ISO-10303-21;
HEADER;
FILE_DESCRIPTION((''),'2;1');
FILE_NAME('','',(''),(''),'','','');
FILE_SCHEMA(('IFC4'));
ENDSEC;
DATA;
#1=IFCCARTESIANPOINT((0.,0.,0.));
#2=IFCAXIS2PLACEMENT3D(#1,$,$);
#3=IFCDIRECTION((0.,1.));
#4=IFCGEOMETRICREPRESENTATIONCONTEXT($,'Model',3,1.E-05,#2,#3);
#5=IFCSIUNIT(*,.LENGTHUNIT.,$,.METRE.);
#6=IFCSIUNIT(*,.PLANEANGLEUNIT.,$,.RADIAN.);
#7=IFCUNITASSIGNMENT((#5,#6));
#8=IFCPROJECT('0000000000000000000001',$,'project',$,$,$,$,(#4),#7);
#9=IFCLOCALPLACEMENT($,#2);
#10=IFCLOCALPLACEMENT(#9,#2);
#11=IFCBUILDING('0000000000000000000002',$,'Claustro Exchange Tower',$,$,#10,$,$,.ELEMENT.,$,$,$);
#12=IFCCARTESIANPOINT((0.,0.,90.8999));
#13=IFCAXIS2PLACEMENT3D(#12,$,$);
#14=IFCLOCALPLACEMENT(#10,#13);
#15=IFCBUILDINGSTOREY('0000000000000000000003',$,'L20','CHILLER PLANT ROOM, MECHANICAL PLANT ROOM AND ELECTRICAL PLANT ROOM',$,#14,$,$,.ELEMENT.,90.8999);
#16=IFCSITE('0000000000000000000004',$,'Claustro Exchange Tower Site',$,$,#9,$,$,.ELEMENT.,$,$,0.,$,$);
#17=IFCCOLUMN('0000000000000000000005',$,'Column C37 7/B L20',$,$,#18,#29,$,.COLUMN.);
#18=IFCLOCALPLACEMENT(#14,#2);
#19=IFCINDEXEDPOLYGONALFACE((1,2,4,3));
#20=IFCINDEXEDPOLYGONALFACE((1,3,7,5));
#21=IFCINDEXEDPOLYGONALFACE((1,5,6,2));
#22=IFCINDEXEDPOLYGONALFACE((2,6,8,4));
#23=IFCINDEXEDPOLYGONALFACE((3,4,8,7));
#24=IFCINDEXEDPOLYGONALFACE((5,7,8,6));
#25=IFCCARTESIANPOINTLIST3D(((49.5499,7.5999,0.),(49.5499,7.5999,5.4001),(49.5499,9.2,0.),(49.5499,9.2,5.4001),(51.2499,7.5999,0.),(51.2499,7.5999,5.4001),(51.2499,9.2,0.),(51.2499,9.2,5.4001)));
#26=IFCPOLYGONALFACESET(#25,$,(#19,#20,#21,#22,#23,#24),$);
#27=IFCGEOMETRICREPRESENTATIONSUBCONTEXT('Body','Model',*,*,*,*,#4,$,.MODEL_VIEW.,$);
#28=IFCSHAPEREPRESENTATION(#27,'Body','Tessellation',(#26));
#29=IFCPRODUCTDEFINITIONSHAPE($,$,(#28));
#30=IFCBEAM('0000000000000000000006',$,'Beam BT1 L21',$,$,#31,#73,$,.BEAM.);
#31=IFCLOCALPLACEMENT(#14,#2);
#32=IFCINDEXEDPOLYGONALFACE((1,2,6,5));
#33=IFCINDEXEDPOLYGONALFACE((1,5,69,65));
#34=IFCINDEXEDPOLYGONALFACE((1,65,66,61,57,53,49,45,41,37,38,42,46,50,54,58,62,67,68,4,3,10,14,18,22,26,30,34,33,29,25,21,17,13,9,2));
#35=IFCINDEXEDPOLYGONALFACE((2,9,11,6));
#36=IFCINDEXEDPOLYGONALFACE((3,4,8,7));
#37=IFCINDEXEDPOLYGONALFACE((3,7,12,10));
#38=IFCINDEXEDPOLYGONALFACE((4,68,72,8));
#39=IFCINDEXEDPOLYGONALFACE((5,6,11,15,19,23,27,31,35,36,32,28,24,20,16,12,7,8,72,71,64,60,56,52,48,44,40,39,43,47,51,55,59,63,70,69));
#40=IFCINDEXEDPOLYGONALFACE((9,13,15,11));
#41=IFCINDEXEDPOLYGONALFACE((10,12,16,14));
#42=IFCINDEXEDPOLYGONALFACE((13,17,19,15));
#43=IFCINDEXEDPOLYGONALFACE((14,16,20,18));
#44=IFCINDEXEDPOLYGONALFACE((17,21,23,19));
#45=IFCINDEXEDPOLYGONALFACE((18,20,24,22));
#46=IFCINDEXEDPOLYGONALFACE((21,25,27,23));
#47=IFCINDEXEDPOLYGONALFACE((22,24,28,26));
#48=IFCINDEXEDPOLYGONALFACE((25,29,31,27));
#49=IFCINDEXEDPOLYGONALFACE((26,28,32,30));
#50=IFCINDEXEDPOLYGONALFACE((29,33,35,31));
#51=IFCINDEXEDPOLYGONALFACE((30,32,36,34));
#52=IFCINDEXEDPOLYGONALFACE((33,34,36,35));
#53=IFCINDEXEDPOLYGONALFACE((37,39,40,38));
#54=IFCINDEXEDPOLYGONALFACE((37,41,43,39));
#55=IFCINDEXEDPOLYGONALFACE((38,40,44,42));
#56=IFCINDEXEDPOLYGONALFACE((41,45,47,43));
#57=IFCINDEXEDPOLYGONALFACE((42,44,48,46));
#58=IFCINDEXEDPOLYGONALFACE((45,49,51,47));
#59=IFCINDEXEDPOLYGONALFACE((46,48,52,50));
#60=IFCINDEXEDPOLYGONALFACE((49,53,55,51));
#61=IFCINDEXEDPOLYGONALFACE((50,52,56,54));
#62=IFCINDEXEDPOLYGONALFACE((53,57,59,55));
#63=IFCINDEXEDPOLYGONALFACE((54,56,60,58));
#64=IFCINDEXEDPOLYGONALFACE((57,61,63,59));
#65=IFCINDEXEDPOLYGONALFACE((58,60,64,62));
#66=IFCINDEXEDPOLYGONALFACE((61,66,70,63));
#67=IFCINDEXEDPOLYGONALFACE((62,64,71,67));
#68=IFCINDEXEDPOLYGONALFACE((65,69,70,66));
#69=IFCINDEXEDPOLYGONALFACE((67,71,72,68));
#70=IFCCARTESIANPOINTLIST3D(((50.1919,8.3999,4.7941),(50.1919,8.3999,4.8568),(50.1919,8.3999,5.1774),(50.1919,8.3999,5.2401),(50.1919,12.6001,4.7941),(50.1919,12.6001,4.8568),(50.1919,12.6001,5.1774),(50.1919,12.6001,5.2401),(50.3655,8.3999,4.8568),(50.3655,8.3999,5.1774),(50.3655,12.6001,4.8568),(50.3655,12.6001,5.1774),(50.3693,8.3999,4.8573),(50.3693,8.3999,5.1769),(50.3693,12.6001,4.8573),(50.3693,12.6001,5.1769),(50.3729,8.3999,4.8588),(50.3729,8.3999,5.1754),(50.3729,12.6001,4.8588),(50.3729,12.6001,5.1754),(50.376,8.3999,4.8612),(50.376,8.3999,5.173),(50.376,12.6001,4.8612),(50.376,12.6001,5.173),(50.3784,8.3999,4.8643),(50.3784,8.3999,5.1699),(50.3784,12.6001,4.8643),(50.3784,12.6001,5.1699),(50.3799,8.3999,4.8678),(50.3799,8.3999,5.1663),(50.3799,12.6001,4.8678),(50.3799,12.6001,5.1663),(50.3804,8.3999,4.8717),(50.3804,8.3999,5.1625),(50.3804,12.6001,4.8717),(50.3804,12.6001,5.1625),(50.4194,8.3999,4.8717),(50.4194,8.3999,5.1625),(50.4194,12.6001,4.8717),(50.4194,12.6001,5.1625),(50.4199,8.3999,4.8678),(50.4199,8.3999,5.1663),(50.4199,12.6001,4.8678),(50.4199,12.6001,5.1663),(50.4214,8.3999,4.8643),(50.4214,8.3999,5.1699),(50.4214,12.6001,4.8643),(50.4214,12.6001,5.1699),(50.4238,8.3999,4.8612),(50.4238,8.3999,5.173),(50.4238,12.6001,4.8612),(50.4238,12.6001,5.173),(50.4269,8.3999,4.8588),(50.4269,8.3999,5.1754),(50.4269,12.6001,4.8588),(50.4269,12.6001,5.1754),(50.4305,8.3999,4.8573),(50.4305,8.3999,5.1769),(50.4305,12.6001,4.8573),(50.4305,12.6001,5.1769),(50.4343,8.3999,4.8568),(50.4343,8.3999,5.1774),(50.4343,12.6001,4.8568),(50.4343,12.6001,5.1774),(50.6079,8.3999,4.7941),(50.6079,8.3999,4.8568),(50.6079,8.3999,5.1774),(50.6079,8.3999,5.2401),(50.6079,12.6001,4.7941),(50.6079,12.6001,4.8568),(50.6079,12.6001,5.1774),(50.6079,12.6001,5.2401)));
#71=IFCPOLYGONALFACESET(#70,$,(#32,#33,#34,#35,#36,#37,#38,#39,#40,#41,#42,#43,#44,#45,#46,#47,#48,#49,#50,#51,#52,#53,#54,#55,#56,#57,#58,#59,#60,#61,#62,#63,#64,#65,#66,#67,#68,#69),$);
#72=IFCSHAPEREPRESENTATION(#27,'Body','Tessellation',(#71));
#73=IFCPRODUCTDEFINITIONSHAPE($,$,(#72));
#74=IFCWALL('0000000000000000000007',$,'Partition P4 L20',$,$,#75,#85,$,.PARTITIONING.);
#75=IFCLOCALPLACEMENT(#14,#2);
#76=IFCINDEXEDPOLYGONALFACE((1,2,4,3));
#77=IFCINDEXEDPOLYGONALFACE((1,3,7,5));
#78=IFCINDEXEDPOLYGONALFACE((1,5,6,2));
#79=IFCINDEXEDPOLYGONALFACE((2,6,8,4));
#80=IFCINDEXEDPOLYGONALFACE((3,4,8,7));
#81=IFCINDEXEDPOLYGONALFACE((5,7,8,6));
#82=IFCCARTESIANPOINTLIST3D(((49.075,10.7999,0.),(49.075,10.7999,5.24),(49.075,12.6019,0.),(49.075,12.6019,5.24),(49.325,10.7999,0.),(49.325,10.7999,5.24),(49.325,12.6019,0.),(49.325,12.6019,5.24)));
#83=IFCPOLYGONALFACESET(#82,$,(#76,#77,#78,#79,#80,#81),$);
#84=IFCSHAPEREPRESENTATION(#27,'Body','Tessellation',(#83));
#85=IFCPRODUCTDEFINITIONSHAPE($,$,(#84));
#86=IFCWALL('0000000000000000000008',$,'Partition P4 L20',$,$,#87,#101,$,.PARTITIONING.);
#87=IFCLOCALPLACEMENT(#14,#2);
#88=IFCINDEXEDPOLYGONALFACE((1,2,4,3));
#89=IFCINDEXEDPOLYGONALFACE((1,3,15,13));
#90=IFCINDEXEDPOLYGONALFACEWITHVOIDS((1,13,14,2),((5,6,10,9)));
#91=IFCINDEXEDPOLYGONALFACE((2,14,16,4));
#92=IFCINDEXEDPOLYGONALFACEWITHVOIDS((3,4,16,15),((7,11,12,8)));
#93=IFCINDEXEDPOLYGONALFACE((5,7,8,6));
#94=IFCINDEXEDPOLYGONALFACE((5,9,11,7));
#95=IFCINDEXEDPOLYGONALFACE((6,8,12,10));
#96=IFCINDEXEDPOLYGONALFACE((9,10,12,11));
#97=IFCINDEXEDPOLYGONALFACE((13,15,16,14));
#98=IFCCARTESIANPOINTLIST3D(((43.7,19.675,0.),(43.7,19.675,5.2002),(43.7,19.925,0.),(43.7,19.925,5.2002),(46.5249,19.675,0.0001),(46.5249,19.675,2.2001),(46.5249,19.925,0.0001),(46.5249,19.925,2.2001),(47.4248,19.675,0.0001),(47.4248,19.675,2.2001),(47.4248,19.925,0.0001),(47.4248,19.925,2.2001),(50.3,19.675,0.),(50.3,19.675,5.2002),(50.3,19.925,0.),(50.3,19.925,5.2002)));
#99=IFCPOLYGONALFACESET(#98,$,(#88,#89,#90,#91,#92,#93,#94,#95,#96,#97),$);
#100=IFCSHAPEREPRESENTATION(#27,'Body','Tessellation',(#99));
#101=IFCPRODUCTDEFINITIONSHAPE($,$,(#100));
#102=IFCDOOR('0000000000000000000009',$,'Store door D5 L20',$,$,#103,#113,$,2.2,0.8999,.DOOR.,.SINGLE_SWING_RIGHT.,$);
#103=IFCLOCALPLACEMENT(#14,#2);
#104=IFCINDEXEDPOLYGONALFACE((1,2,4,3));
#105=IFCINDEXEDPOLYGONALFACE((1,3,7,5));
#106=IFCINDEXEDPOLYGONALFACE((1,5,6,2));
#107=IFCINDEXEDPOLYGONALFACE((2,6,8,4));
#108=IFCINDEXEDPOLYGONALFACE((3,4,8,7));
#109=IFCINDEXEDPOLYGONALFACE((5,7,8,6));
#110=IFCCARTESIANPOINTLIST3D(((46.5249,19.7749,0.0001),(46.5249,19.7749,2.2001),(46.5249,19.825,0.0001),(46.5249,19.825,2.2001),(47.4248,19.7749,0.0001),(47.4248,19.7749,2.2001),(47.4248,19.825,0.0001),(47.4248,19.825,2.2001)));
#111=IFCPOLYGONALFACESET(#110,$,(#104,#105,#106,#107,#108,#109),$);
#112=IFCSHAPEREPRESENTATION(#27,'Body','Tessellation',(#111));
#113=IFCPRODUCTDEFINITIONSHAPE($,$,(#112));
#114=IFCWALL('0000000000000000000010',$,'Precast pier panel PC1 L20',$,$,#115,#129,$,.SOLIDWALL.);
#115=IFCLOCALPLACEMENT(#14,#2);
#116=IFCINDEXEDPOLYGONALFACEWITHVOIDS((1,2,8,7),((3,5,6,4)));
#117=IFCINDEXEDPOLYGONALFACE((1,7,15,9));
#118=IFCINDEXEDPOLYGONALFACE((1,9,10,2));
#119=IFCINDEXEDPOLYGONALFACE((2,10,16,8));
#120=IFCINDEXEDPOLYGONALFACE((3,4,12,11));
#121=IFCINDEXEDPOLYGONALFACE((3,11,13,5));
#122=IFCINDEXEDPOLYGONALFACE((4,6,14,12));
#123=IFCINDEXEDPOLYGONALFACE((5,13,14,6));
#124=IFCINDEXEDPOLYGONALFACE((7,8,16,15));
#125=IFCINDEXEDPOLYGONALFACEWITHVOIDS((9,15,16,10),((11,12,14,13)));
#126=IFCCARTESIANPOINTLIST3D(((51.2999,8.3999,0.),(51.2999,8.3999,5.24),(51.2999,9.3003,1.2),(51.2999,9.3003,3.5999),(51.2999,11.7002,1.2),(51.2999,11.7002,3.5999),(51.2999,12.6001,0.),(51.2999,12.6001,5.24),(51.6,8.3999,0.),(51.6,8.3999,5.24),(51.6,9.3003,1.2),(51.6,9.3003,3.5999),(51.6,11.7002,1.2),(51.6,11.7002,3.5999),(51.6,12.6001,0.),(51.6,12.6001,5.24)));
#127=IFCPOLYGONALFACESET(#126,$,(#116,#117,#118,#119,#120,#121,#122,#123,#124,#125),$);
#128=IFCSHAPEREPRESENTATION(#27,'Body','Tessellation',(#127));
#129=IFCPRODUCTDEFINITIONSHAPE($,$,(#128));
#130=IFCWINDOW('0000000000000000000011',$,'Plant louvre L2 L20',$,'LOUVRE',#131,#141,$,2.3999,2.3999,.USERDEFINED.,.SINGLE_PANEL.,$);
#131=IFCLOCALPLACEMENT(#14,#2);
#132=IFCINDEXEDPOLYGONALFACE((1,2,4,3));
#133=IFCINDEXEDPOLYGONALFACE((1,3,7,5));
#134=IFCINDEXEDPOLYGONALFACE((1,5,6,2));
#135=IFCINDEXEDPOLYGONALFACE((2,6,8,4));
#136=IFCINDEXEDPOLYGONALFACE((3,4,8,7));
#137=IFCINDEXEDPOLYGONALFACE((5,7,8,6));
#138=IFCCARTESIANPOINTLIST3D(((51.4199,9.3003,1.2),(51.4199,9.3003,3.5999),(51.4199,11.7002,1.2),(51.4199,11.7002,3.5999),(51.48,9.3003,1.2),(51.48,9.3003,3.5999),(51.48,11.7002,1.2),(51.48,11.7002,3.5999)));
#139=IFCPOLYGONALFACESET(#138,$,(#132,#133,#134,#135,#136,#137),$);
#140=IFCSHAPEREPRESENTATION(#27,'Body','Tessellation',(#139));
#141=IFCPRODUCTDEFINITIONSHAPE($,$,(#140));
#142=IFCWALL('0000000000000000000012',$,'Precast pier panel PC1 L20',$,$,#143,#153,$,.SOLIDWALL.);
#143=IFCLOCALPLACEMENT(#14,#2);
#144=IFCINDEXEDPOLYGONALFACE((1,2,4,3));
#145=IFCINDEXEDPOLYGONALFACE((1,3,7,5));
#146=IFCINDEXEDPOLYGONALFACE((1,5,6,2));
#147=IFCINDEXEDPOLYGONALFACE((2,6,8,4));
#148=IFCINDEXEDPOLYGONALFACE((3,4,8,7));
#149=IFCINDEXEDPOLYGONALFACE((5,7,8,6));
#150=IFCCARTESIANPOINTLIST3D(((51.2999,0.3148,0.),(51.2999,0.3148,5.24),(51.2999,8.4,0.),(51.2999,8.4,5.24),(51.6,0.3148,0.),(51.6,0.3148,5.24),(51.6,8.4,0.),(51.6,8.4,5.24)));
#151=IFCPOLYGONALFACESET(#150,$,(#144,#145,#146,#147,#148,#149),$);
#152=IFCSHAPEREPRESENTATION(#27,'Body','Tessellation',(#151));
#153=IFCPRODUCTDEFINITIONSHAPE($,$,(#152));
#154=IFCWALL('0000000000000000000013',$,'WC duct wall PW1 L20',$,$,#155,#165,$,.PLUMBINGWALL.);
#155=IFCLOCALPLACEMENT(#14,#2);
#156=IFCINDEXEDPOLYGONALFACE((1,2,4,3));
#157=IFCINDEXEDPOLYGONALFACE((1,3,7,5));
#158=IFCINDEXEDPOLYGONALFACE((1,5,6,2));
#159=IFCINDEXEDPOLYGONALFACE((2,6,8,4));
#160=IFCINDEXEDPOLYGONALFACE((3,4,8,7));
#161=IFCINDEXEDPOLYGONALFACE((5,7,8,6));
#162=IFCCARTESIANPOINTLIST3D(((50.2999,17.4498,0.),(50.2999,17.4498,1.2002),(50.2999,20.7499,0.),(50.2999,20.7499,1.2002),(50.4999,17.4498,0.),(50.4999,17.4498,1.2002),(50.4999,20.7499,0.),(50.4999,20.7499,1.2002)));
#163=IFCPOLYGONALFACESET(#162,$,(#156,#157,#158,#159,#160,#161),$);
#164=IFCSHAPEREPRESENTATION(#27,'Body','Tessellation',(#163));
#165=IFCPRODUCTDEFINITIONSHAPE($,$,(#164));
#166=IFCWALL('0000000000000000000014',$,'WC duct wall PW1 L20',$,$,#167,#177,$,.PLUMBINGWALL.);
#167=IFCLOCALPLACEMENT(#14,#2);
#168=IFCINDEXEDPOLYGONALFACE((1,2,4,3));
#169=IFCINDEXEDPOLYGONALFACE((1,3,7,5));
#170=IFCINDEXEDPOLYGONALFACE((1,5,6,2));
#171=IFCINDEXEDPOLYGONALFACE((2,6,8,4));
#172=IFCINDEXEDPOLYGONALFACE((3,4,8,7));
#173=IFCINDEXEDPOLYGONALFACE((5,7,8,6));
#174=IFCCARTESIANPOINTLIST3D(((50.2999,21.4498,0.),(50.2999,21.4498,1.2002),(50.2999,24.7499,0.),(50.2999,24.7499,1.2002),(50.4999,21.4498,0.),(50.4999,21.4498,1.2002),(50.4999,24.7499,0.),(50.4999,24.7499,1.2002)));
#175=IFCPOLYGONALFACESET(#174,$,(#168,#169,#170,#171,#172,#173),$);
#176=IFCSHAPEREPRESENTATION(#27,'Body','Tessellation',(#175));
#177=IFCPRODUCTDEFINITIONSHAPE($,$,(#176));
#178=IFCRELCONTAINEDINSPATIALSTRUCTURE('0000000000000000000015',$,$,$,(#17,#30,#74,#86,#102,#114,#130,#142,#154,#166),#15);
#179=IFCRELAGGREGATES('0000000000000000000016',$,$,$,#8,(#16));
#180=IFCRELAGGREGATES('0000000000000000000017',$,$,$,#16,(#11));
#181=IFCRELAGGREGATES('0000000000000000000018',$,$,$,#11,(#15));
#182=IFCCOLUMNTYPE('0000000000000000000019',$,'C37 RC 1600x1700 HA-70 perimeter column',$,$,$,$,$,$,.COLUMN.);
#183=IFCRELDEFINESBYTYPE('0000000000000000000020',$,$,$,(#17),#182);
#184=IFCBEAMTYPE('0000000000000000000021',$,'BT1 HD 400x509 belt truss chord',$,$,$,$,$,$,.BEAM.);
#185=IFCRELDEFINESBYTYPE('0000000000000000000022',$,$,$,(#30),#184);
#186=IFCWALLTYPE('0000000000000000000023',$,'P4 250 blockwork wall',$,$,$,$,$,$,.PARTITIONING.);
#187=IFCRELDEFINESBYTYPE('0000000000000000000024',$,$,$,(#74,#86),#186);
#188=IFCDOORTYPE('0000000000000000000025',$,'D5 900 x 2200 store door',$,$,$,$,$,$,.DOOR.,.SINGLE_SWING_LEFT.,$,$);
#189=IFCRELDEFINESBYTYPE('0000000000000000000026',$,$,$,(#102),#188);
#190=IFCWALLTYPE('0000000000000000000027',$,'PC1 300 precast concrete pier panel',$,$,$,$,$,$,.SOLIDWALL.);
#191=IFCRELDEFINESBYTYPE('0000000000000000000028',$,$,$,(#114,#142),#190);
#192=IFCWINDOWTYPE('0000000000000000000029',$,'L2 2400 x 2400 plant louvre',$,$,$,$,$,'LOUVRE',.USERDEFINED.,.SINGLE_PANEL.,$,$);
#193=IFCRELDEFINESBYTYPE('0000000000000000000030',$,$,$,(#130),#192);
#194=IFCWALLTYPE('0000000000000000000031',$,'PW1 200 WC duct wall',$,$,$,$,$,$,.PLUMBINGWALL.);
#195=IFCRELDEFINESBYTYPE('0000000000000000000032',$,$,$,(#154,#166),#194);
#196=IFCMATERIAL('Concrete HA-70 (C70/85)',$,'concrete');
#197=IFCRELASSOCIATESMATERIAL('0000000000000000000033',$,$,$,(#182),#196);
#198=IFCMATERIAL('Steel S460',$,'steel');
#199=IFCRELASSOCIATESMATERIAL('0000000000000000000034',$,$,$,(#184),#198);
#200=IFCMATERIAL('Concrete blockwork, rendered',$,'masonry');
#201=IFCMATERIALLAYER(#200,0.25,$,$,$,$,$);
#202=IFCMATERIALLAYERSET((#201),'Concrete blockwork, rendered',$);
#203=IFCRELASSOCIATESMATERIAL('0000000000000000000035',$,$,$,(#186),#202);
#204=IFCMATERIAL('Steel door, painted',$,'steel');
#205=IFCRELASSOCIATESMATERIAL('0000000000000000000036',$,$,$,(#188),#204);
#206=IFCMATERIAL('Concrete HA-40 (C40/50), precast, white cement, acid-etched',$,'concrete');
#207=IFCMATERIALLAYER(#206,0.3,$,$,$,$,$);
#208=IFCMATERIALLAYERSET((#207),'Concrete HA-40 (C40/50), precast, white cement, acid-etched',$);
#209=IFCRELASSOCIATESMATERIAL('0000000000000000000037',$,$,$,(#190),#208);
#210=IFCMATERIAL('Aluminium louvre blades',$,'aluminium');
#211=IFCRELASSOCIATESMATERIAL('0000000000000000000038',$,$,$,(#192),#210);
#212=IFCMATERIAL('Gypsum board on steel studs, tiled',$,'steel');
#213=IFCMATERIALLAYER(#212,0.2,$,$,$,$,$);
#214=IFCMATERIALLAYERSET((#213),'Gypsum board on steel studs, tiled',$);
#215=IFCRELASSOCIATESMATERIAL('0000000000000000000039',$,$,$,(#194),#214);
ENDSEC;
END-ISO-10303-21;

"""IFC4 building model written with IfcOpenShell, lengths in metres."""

from ifc_helpers import new_model, si_unit, direction, frame, frame_2d, origin, origin_2d, place, context, subcontext, project, spatial, rectangle, i_section, extrude, material, layer, layer_set, material_profile, profile_set, type_object, element, fill, save


model = new_model("IFC4")

# Units and contexts
model_context = context("Model", 3, precision=1e-05, world=origin(), true_north=direction((0.0, 1.0)))
body_context = subcontext(model_context, "Body", "Model", "MODEL_VIEW")
ifc_project = project(units=[si_unit("LENGTHUNIT", "METRE"), si_unit("PLANEANGLEUNIT", "RADIAN")], contexts=[model_context])

# Site, building, storey
site_placement = place(None, origin())
site = spatial("IfcSite", under=ifc_project, at=site_placement, Name="Claustro Exchange Tower Site", CompositionType="ELEMENT", RefElevation=0.0)
building_placement = place(site_placement, origin())
building = spatial("IfcBuilding", under=site, at=building_placement, Name="Claustro Exchange Tower", CompositionType="ELEMENT")
storey_placement = place(building_placement, frame((0.0, 0.0, 90.8999)))
storey = spatial("IfcBuildingStorey", under=building, at=storey_placement, Name="L20", Description="CHILLER PLANT ROOM, MECHANICAL PLANT ROOM AND ELECTRICAL PLANT ROOM", CompositionType="ELEMENT", Elevation=90.8999)

# Column
ifc_material_1 = material(Name="Concrete HA-70 (C70/85)", Category="concrete")
ifc_material_profile_1 = material_profile(ifc_material_1, rectangle(XDim=1.6001, YDim=1.7, at=origin_2d()), Name="RC 1600x1700")
ifc_profile_set_1 = profile_set([ifc_material_profile_1], Name="Concrete HA-70 (C70/85)")
column_type = type_object("IfcColumnType", Name="C37 RC 1600x1700 HA-70 perimeter column", PredefinedType="COLUMN", material=ifc_profile_set_1)
column_placement = place(storey_placement, frame((50.3999, 8.3999, 0.0), z_axis=(0.0, 0.0, 1.0), x_axis=(0.0, 1.0, 0.0)))
element("IfcColumn", 1, at=column_placement, inside=storey, type_object=column_type, Name="Column C37 7/B L20", PredefinedType="COLUMN", context=body_context, shape_type="SweptSolid", body=[
    extrude(rectangle(XDim=1.6001, YDim=1.7, at=origin_2d()), origin(), (0.0, 0.0, 1.0), 5.4001),
])

# Beam
ifc_material_2 = material(Name="Steel S460", Category="steel")
ifc_material_profile_2 = material_profile(ifc_material_2, i_section(OverallWidth=0.416, OverallDepth=0.446, WebThickness=0.0391, FlangeThickness=0.0627, FilletRadius=0.0149, at=origin_2d()), Name="HD 400x509")
ifc_profile_set_2 = profile_set([ifc_material_profile_2], Name="Steel S460")
beam_type = type_object("IfcBeamType", Name="BT1 HD 400x509 belt truss chord", PredefinedType="BEAM", material=ifc_profile_set_2)
beam_placement = place(storey_placement, frame((50.3999, 8.3999, 5.0171), z_axis=(0.0, 1.0, 0.0), x_axis=(-1.0, 0.0, 0.0)))
element("IfcBeam", 2, at=beam_placement, inside=storey, type_object=beam_type, Name="Beam BT1 L21", PredefinedType="BEAM", context=body_context, shape_type="SweptSolid", body=[
    extrude(i_section(OverallWidth=0.416, OverallDepth=0.446, WebThickness=0.0391, FlangeThickness=0.0627, FilletRadius=0.0149, at=origin_2d()), origin(), (0.0, 0.0, 1.0), 4.2002),
])

# Wall
ifc_material_3 = material(Name="Concrete blockwork, rendered", Category="masonry")
ifc_layer_1 = layer(ifc_material_3, 0.25)
ifc_layer_set_1 = layer_set([ifc_layer_1], Name="Concrete blockwork, rendered")
wall_type_1 = type_object("IfcWallType", Name="P4 250 blockwork wall", PredefinedType="PARTITIONING", material=ifc_layer_set_1)
wall_1_placement = place(storey_placement, frame((49.2, 10.8, 0.0), z_axis=(0.0, 0.0, 1.0), x_axis=(0.0, 1.0, 0.0)))
element("IfcWall", 3, at=wall_1_placement, inside=storey, type_object=wall_type_1, Name="Partition P4 L20", PredefinedType="PARTITIONING", context=body_context, shape_type="SweptSolid", body=[
    extrude(rectangle(XDim=1.802, YDim=0.25, at=frame_2d((0.9009, 0.0))), origin(), (0.0, 0.0, 1.0), 5.24),
])

# Wall, opening, door
wall_2_placement = place(storey_placement, frame((43.7, 19.8, 0.0), z_axis=(0.0, 0.0, 1.0), x_axis=(1.0, 0.0, 0.0)))
wall_2 = element("IfcWall", 4, at=wall_2_placement, inside=storey, type_object=wall_type_1, Name="Partition P4 L20", PredefinedType="PARTITIONING", context=body_context, shape_type="SweptSolid", body=[
    extrude(rectangle(XDim=6.6001, YDim=0.25, at=frame_2d((3.3, 0.0))), origin(), (0.0, 0.0, 1.0), 5.2002),
])
opening_1_placement = place(wall_2_placement, frame((2.825, 0.0, 0.0)))
opening_1 = element("IfcOpeningElement", 5, at=opening_1_placement, cuts=wall_2, PredefinedType="OPENING", context=body_context, shape_type="SweptSolid", body=[
    extrude(rectangle(XDim=0.8999, YDim=2.2, at=frame_2d((0.45, 1.1001))), frame((0.0, 0.135, 0.0), z_axis=(0.0, -1.0, 0.0), x_axis=(1.0, 0.0, 0.0)), (0.0, 0.0, 1.0), 0.27),
])
ifc_material_4 = material(Name="Steel door, painted", Category="steel")
door_type_1 = type_object("IfcDoorType", Name="D5 900 x 2200 store door", OperationType="SINGLE_SWING_LEFT", PredefinedType="DOOR", material=ifc_material_4)
door_1_placement = place(opening_1_placement, origin())
door_1 = element("IfcDoor", 6, at=door_1_placement, inside=storey, type_object=door_type_1, Name="Store door D5 L20", OperationType="SINGLE_SWING_RIGHT", OverallHeight=2.2, OverallWidth=0.8999, PredefinedType="DOOR", context=body_context, shape_type="SweptSolid", body=[
    extrude(rectangle(XDim=0.8999, YDim=2.2, at=frame_2d((0.45, 1.1001))), frame((0.0, 0.0249, 0.0), z_axis=(0.0, -1.0, 0.0), x_axis=(1.0, 0.0, 0.0)), (0.0, 0.0, 1.0), 0.05),
])
fill(opening_1, door_1)

# Wall, opening, window
ifc_material_5 = material(Name="Concrete HA-40 (C40/50), precast, white cement, acid-etched", Category="concrete")
ifc_layer_2 = layer(ifc_material_5, 0.3)
ifc_layer_set_2 = layer_set([ifc_layer_2], Name="Concrete HA-40 (C40/50), precast, white cement, acid-etched")
wall_type_2 = type_object("IfcWallType", Name="PC1 300 precast concrete pier panel", PredefinedType="SOLIDWALL", material=ifc_layer_set_2)
wall_3_placement = place(storey_placement, frame((51.45, 12.6001, 0.0), z_axis=(0.0, 0.0, 1.0), x_axis=(0.0, -1.0, 0.0)))
wall_3 = element("IfcWall", 7, at=wall_3_placement, inside=storey, type_object=wall_type_2, Name="Precast pier panel PC1 L20", PredefinedType="SOLIDWALL", context=body_context, shape_type="SweptSolid", body=[
    extrude(rectangle(XDim=4.2002, YDim=0.3, at=frame_2d((2.1001, 0.0))), origin(), (0.0, 0.0, 1.0), 5.24),
])
opening_2_placement = place(wall_3_placement, frame((0.8999, 0.0, 1.2)))
opening_2 = element("IfcOpeningElement", 8, at=opening_2_placement, cuts=wall_3, PredefinedType="OPENING", context=body_context, shape_type="SweptSolid", body=[
    extrude(rectangle(XDim=2.3999, YDim=2.3999, at=frame_2d((1.2, 1.2))), frame((0.0, 0.1599, 0.0), z_axis=(0.0, -1.0, 0.0), x_axis=(1.0, 0.0, 0.0)), (0.0, 0.0, 1.0), 0.3201),
])
ifc_material_6 = material(Name="Aluminium louvre blades", Category="aluminium")
window_type = type_object("IfcWindowType", Name="L2 2400 x 2400 plant louvre", ElementType="LOUVRE", PartitioningType="SINGLE_PANEL", PredefinedType="USERDEFINED", material=ifc_material_6)
window_placement = place(opening_2_placement, origin())
window = element("IfcWindow", 9, at=window_placement, inside=storey, type_object=window_type, Name="Plant louvre L2 L20", ObjectType="LOUVRE", OverallHeight=2.3999, OverallWidth=2.3999, PartitioningType="SINGLE_PANEL", PredefinedType="USERDEFINED", context=body_context, shape_type="SweptSolid", body=[
    extrude(rectangle(XDim=2.3999, YDim=2.3999, at=frame_2d((1.2, 1.2))), frame((0.0, 0.03, 0.0), z_axis=(0.0, -1.0, 0.0), x_axis=(1.0, 0.0, 0.0)), (0.0, 0.0, 1.0), 0.0601),
])
fill(opening_2, window)

# Walls
wall_4_placement = place(storey_placement, frame((51.45, 8.3999, 0.0), z_axis=(0.0, 0.0, 1.0), x_axis=(0.0, -1.0, 0.0)))
element("IfcWall", 10, at=wall_4_placement, inside=storey, type_object=wall_type_2, Name="Precast pier panel PC1 L20", PredefinedType="SOLIDWALL", context=body_context, shape_type="SweptSolid", body=[
    extrude(rectangle(XDim=8.0852, YDim=0.3, at=frame_2d((4.0425, 0.0))), origin(), (0.0, 0.0, 1.0), 5.24),
])
ifc_material_7 = material(Name="Gypsum board on steel studs, tiled", Category="steel")
ifc_layer_3 = layer(ifc_material_7, 0.2)
ifc_layer_set_3 = layer_set([ifc_layer_3], Name="Gypsum board on steel studs, tiled")
wall_type_3 = type_object("IfcWallType", Name="PW1 200 WC duct wall", PredefinedType="PLUMBINGWALL", material=ifc_layer_set_3)
for number, where, z_axis, x_axis, name in (
    (11, (50.3999, 17.45, 0.0), (0.0, 0.0, 1.0), (0.0, 1.0, 0.0), "WC duct wall PW1 L20"),
    (12, (50.3999, 21.45, 0.0), (0.0, 0.0, 1.0), (0.0, 1.0, 0.0), "WC duct wall PW1 L20"),
):
    element("IfcWall", number, at=place(storey_placement, frame(where, z_axis=z_axis, x_axis=x_axis)), inside=storey, type_object=wall_type_3, Name=name, PredefinedType="PLUMBINGWALL", context=body_context, shape_type="SweptSolid", body=[
        extrude(rectangle(XDim=3.3, YDim=0.2, at=frame_2d((1.6499, 0.0))), origin(), (0.0, 0.0, 1.0), 1.2002),
    ])

save(model, "model.ifc")
